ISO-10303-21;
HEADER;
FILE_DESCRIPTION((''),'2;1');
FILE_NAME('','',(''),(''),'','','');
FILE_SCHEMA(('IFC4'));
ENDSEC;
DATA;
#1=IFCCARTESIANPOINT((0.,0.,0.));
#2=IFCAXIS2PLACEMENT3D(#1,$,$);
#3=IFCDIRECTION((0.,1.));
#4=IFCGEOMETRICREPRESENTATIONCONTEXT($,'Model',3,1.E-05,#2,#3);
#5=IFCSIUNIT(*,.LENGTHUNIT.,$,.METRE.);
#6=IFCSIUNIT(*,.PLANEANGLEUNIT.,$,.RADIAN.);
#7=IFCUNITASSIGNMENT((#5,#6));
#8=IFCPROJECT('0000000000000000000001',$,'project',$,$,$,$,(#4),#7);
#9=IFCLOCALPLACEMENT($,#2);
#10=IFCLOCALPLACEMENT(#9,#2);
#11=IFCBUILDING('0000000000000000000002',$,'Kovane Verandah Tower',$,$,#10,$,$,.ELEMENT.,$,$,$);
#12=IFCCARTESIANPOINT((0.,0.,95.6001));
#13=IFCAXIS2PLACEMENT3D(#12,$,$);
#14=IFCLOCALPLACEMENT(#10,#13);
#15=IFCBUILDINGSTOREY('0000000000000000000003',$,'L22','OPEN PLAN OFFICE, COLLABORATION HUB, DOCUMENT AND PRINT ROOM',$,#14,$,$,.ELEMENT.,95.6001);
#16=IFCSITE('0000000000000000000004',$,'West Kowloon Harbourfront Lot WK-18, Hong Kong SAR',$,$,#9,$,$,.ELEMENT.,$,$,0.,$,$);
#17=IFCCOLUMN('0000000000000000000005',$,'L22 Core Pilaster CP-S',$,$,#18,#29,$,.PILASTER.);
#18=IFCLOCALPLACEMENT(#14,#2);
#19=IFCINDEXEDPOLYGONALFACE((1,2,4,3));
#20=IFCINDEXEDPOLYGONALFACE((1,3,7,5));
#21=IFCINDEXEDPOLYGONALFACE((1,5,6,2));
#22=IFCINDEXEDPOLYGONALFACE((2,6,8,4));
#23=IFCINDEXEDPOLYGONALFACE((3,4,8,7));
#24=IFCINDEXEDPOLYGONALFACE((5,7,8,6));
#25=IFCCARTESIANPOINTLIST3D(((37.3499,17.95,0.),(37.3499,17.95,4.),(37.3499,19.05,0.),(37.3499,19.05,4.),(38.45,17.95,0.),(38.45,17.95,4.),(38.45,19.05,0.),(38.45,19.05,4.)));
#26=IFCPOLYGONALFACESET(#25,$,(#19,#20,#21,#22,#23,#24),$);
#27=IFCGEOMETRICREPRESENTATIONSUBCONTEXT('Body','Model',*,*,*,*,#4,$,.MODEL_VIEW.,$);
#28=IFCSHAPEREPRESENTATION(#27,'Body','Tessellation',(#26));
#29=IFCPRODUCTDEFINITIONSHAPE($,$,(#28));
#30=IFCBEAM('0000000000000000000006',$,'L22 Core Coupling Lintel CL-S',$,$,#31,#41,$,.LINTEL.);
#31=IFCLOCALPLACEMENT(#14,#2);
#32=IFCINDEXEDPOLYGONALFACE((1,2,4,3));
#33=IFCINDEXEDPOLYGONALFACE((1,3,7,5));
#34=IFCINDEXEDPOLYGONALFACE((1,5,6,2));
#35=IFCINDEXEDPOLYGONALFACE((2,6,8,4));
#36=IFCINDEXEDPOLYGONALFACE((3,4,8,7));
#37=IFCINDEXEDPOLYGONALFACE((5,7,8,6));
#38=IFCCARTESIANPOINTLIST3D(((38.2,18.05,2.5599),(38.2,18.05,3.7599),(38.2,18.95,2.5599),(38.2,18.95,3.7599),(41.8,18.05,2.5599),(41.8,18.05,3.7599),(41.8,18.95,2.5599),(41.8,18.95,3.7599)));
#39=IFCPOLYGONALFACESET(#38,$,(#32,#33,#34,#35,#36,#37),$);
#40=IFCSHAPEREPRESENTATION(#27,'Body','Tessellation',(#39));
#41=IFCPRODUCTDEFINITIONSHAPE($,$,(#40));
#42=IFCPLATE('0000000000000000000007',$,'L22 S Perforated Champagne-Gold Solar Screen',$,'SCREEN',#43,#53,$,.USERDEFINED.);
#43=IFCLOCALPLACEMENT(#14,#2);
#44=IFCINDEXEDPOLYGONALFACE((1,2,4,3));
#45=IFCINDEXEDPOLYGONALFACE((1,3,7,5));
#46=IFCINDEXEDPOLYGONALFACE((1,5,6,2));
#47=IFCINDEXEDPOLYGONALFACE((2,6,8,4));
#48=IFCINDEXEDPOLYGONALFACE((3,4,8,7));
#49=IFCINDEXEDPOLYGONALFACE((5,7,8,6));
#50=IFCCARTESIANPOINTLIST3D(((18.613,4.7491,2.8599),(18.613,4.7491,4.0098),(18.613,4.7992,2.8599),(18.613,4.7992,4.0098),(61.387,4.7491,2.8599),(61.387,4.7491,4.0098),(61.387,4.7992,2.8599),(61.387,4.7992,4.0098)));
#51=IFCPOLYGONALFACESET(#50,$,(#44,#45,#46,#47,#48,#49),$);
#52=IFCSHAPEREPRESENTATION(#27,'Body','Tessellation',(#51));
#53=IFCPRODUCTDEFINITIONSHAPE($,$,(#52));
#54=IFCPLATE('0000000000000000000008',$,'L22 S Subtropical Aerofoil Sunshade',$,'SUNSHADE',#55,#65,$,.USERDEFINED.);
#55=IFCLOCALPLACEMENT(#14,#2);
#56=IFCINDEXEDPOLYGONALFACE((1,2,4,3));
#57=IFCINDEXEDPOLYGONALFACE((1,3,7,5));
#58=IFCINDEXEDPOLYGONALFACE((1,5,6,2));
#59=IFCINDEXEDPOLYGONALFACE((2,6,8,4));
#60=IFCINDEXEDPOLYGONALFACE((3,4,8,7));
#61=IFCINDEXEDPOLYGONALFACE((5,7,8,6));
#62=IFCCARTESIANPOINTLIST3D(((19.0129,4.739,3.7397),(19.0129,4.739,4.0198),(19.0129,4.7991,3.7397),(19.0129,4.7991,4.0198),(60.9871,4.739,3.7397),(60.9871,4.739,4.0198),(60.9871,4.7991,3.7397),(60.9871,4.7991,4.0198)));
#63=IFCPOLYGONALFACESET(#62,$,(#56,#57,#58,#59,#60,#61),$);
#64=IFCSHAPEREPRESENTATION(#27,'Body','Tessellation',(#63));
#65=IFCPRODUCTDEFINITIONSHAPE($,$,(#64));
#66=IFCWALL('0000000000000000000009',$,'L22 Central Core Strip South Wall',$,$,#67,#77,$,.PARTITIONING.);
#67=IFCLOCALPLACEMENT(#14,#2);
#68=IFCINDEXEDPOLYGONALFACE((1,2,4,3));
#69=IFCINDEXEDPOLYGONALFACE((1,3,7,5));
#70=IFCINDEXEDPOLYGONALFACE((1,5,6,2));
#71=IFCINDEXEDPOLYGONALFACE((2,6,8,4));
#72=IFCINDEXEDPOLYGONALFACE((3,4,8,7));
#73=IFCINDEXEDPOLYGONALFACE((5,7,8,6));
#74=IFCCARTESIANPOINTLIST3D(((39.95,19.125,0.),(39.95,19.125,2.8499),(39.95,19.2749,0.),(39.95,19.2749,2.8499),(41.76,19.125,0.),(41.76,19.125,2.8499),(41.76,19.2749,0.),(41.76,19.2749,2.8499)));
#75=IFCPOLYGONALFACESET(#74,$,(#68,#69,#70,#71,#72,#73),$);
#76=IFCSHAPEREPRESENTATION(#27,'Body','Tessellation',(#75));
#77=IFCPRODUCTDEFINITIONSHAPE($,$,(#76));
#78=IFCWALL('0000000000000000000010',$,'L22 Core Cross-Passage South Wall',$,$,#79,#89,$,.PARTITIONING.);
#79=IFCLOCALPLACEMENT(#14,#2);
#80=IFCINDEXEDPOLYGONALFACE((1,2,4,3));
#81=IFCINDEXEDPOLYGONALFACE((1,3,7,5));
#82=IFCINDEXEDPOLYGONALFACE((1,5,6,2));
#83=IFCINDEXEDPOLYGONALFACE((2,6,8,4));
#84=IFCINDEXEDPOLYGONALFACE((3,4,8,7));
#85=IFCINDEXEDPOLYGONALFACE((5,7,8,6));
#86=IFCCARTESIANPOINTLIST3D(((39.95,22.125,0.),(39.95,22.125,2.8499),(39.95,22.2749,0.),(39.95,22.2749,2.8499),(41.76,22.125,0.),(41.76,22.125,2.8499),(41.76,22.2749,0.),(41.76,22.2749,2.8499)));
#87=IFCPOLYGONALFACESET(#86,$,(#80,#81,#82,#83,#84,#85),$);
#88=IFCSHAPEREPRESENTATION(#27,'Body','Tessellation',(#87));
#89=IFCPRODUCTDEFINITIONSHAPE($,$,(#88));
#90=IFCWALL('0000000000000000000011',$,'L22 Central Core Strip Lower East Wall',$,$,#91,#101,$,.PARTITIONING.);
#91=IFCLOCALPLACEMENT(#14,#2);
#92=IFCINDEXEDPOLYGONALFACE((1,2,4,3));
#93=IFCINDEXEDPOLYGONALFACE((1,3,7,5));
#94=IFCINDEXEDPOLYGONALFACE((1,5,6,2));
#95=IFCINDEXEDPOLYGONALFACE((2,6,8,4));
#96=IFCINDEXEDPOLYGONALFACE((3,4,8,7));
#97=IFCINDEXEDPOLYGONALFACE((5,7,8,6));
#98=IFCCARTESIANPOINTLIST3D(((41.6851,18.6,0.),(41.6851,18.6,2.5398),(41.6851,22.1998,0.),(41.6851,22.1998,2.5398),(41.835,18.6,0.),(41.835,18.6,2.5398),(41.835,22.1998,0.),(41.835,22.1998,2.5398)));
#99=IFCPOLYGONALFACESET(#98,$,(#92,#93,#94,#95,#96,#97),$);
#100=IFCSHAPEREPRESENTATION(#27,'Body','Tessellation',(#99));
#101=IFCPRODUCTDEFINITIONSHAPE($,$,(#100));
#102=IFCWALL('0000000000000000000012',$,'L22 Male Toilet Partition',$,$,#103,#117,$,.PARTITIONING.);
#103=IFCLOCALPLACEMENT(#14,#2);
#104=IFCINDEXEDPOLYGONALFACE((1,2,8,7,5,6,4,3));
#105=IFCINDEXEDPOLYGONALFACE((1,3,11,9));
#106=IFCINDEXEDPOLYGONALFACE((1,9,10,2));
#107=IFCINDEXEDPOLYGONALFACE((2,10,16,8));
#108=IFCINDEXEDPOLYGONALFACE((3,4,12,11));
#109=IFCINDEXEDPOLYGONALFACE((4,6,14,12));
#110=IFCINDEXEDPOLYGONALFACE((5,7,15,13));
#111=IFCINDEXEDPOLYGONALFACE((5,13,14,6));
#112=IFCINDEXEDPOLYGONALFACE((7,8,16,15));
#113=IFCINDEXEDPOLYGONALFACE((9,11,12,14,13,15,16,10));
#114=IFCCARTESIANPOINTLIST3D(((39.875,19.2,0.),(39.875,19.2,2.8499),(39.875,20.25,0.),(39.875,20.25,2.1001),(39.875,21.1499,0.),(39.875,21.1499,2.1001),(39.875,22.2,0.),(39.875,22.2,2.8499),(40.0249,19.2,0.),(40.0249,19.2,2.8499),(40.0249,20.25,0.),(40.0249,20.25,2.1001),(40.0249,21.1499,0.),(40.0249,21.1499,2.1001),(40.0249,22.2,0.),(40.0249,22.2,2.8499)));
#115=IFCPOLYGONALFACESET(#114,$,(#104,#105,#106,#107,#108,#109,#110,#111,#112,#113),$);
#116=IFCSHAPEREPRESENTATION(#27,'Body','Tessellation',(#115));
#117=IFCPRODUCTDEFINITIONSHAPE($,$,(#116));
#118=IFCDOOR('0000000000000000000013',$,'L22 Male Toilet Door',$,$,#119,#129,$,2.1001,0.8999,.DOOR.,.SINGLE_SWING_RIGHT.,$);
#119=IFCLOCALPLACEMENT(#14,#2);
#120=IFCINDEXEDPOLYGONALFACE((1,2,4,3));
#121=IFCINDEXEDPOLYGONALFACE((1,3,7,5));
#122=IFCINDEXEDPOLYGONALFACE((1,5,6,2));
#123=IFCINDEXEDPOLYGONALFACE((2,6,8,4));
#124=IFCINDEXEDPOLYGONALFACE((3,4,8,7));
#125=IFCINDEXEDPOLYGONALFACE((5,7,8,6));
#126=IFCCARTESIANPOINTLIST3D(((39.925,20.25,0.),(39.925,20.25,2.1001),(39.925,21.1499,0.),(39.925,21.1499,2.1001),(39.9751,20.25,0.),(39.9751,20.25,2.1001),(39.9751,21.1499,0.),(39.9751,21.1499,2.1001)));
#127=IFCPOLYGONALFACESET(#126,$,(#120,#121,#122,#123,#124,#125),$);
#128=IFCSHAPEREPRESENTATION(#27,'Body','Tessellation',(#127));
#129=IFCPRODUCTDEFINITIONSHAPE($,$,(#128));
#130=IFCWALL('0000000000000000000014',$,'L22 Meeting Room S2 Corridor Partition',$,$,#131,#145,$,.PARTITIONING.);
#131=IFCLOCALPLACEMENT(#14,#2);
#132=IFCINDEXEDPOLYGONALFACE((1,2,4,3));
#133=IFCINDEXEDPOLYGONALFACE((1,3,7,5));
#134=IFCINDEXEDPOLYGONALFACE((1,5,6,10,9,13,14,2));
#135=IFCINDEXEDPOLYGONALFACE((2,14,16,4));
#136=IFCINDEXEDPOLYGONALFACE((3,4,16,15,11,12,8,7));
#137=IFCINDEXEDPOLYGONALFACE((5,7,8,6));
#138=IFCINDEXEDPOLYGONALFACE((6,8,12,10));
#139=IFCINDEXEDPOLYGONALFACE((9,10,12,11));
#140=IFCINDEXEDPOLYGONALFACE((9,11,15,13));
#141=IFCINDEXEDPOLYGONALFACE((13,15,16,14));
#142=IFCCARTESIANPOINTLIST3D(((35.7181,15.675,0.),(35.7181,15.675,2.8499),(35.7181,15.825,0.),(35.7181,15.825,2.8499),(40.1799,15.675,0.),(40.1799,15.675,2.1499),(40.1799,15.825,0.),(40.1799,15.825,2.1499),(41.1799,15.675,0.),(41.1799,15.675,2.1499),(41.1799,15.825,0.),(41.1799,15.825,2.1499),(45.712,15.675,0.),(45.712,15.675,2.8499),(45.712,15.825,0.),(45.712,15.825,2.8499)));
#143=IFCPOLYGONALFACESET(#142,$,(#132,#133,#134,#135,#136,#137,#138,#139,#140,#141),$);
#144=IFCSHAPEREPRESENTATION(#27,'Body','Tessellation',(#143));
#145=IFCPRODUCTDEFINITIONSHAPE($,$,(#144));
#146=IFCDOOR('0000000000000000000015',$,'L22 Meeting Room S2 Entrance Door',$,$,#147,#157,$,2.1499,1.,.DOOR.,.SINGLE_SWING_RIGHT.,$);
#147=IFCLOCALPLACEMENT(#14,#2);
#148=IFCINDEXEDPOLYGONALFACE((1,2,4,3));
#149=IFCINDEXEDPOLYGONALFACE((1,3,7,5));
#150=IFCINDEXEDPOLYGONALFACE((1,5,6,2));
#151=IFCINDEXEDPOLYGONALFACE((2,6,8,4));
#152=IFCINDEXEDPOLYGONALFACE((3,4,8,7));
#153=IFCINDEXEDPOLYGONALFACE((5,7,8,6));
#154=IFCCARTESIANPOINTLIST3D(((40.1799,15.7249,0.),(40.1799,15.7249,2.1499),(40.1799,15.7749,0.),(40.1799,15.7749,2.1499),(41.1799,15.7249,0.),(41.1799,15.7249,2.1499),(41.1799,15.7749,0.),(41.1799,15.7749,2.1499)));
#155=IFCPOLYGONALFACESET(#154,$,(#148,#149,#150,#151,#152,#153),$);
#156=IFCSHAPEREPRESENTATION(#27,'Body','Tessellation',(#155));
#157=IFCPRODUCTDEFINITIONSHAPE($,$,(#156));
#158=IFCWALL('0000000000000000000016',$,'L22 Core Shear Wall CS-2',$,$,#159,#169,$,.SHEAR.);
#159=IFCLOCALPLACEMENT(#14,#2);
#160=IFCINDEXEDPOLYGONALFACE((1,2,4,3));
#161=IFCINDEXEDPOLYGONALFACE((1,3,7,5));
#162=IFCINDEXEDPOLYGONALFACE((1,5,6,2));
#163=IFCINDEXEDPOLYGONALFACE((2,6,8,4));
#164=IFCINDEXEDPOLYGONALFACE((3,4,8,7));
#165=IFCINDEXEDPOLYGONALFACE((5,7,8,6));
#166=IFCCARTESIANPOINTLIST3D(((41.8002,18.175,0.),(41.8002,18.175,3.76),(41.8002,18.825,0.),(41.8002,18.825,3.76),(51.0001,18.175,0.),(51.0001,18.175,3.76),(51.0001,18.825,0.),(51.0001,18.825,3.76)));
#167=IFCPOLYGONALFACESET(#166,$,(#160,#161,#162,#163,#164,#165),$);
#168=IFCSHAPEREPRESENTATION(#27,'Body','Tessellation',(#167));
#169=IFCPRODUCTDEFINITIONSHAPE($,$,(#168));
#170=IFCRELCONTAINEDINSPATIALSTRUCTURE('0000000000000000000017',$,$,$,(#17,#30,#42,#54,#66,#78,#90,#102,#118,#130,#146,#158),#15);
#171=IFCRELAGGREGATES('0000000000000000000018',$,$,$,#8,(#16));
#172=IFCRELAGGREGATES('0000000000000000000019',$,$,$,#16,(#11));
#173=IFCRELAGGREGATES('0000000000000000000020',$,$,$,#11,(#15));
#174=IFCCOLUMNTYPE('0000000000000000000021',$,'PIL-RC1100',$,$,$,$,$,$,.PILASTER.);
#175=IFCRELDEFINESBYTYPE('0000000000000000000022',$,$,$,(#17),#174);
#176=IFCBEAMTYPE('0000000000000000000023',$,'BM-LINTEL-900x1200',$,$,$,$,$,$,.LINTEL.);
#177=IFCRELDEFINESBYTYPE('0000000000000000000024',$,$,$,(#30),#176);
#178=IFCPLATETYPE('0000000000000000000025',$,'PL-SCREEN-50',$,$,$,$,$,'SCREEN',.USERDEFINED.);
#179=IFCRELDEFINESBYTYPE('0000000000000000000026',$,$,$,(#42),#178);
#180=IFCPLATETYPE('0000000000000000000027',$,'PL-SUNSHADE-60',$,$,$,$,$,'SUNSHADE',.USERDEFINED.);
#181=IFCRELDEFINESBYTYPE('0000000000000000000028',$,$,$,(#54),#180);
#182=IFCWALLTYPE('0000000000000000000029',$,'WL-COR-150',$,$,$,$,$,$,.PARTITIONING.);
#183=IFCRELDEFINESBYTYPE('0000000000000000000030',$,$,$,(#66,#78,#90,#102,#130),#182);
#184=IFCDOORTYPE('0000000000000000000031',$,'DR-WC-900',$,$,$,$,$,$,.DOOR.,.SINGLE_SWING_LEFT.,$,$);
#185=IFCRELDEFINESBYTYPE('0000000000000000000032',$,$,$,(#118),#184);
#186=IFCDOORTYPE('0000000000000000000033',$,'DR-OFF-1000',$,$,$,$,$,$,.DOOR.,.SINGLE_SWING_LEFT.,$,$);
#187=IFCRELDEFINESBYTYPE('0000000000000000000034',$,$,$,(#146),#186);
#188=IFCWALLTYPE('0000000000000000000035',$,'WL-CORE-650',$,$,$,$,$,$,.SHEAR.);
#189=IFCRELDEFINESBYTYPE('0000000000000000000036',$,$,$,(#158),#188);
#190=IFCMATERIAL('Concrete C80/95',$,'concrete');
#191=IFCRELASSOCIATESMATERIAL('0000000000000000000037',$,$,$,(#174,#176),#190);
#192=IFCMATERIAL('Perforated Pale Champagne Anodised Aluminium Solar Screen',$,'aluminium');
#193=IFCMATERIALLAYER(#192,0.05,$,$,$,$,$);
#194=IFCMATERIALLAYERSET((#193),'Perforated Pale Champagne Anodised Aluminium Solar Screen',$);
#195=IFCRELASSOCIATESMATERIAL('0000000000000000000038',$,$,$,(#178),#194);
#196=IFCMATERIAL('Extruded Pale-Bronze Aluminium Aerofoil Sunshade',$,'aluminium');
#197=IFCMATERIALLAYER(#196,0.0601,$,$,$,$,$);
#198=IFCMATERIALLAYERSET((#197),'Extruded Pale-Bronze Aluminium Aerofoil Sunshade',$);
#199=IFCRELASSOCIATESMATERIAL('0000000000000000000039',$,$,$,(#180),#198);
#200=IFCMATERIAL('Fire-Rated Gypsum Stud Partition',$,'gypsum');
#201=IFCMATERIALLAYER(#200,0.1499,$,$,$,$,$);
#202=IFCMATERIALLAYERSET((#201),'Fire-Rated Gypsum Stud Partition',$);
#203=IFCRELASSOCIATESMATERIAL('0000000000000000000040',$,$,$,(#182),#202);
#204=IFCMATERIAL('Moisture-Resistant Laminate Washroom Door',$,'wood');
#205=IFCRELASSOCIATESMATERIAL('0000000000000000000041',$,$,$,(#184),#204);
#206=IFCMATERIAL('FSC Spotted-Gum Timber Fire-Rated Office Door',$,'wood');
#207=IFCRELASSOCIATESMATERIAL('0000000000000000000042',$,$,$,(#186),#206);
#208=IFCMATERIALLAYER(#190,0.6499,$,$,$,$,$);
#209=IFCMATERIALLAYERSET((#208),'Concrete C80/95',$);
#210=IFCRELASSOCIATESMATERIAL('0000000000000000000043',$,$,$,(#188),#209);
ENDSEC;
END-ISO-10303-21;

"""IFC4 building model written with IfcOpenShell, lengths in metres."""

from ifc_helpers import new_model, si_unit, direction, frame, frame_2d, origin, origin_2d, place, context, subcontext, project, spatial, rectangle, extrude, material, layer, layer_set, material_profile, profile_set, type_object, element, fill, save


model = new_model("IFC4")

# Units and contexts
model_context = context("Model", 3, precision=1e-05, world=origin(), true_north=direction((0.0, 1.0)))
body_context = subcontext(model_context, "Body", "Model", "MODEL_VIEW")
ifc_project = project(units=[si_unit("LENGTHUNIT", "METRE"), si_unit("PLANEANGLEUNIT", "RADIAN")], contexts=[model_context])

# Site, building, storey
site_placement = place(None, origin())
site = spatial("IfcSite", under=ifc_project, at=site_placement, Name="West Kowloon Harbourfront Lot WK-18, Hong Kong SAR", CompositionType="ELEMENT", RefElevation=0.0)
building_placement = place(site_placement, origin())
building = spatial("IfcBuilding", under=site, at=building_placement, Name="Kovane Verandah Tower", CompositionType="ELEMENT")
storey_placement = place(building_placement, frame((0.0, 0.0, 95.6001)))
storey = spatial("IfcBuildingStorey", under=building, at=storey_placement, Name="L22", Description="OPEN PLAN OFFICE, COLLABORATION HUB, DOCUMENT AND PRINT ROOM", CompositionType="ELEMENT", Elevation=95.6001)

# Column
ifc_material_1 = material(Name="Concrete C80/95", Category="concrete")
ifc_material_profile_1 = material_profile(ifc_material_1, rectangle(XDim=1.1001, YDim=1.1001, at=origin_2d()), Name="RC1100x1100")
ifc_profile_set_1 = profile_set([ifc_material_profile_1], Name="Concrete C80/95")
column_type = type_object("IfcColumnType", Name="PIL-RC1100", PredefinedType="PILASTER", material=ifc_profile_set_1)
column_placement = place(storey_placement, frame((37.8999, 18.5, 0.0), z_axis=(0.0, 0.0, 1.0), x_axis=(1.0, 0.0, 0.0)))
element("IfcColumn", 1, at=column_placement, inside=storey, type_object=column_type, Name="L22 Core Pilaster CP-S", PredefinedType="PILASTER", context=body_context, shape_type="SweptSolid", body=[
    extrude(rectangle(XDim=1.1001, YDim=1.1001, at=origin_2d()), origin(), (0.0, 0.0, 1.0), 4.0),
])

# Beam
ifc_material_profile_2 = material_profile(ifc_material_1, rectangle(XDim=0.8999, YDim=1.2, at=origin_2d()), Name="RCB900x1200")
ifc_profile_set_2 = profile_set([ifc_material_profile_2], Name="Concrete C80/95")
beam_type = type_object("IfcBeamType", Name="BM-LINTEL-900x1200", PredefinedType="LINTEL", material=ifc_profile_set_2)
beam_placement = place(storey_placement, frame((38.2, 18.5, 3.1599), z_axis=(1.0, 0.0, 0.0), x_axis=(0.0, 1.0, 0.0)))
element("IfcBeam", 2, at=beam_placement, inside=storey, type_object=beam_type, Name="L22 Core Coupling Lintel CL-S", PredefinedType="LINTEL", context=body_context, shape_type="SweptSolid", body=[
    extrude(rectangle(XDim=0.8999, YDim=1.2, at=origin_2d()), origin(), (0.0, 0.0, 1.0), 3.6001),
])

# Plates
ifc_material_2 = material(Name="Perforated Pale Champagne Anodised Aluminium Solar Screen", Category="aluminium")
ifc_layer_1 = layer(ifc_material_2, 0.05)
ifc_layer_set_1 = layer_set([ifc_layer_1], Name="Perforated Pale Champagne Anodised Aluminium Solar Screen")
plate_type_1 = type_object("IfcPlateType", Name="PL-SCREEN-50", ElementType="SCREEN", PredefinedType="USERDEFINED", material=ifc_layer_set_1)
plate_1_placement = place(storey_placement, frame((40.0, 4.7742, 2.8599), z_axis=(0.0, 0.0, 1.0), x_axis=(1.0, 0.0, 0.0)))
element("IfcPlate", 3, at=plate_1_placement, inside=storey, type_object=plate_type_1, Name="L22 S Perforated Champagne-Gold Solar Screen", ObjectType="SCREEN", PredefinedType="USERDEFINED", context=body_context, shape_type="SweptSolid", body=[
    extrude(rectangle(XDim=42.7739, YDim=0.05, at=origin_2d()), origin(), (0.0, 0.0, 1.0), 1.1499),
])
ifc_material_3 = material(Name="Extruded Pale-Bronze Aluminium Aerofoil Sunshade", Category="aluminium")
ifc_layer_2 = layer(ifc_material_3, 0.0601)
ifc_layer_set_2 = layer_set([ifc_layer_2], Name="Extruded Pale-Bronze Aluminium Aerofoil Sunshade")
plate_type_2 = type_object("IfcPlateType", Name="PL-SUNSHADE-60", ElementType="SUNSHADE", PredefinedType="USERDEFINED", material=ifc_layer_set_2)
plate_2_placement = place(storey_placement, frame((40.0, 4.769, 3.7397), z_axis=(0.0, 0.0, 1.0), x_axis=(1.0, 0.0, 0.0)))
element("IfcPlate", 4, at=plate_2_placement, inside=storey, type_object=plate_type_2, Name="L22 S Subtropical Aerofoil Sunshade", ObjectType="SUNSHADE", PredefinedType="USERDEFINED", context=body_context, shape_type="SweptSolid", body=[
    extrude(rectangle(XDim=41.9741, YDim=0.0601, at=origin_2d()), origin(), (0.0, 0.0, 1.0), 0.28),
])

# Walls
ifc_material_4 = material(Name="Fire-Rated Gypsum Stud Partition", Category="gypsum")
ifc_layer_3 = layer(ifc_material_4, 0.1499)
ifc_layer_set_3 = layer_set([ifc_layer_3], Name="Fire-Rated Gypsum Stud Partition")
wall_type_1 = type_object("IfcWallType", Name="WL-COR-150", PredefinedType="PARTITIONING", material=ifc_layer_set_3)
for number, where, z_axis, x_axis, name in (
    (5, (39.95, 19.2, 0.0), (0.0, 0.0, 1.0), (1.0, 0.0, 0.0), "L22 Central Core Strip South Wall"),
    (6, (39.95, 22.2, 0.0), (0.0, 0.0, 1.0), (1.0, 0.0, 0.0), "L22 Core Cross-Passage South Wall"),
):
    element("IfcWall", number, at=place(storey_placement, frame(where, z_axis=z_axis, x_axis=x_axis)), inside=storey, type_object=wall_type_1, Name=name, PredefinedType="PARTITIONING", context=body_context, shape_type="SweptSolid", body=[
        extrude(rectangle(XDim=1.8101, YDim=0.1499, at=frame_2d((0.905, 0.0))), origin(), (0.0, 0.0, 1.0), 2.8499),
    ])
wall_1_placement = place(storey_placement, frame((41.76, 18.6001, 0.0), z_axis=(0.0, 0.0, 1.0), x_axis=(0.0, 1.0, 0.0)))
element("IfcWall", 7, at=wall_1_placement, inside=storey, type_object=wall_type_1, Name="L22 Central Core Strip Lower East Wall", PredefinedType="PARTITIONING", context=body_context, shape_type="SweptSolid", body=[
    extrude(rectangle(XDim=3.5999, YDim=0.1499, at=frame_2d((1.7998, 0.0))), origin(), (0.0, 0.0, 1.0), 2.5398),
])

# Walls, openings, doors
wall_2_placement = place(storey_placement, frame((39.95, 19.2, 0.0), z_axis=(0.0, 0.0, 1.0), x_axis=(0.0, 1.0, 0.0)))
wall_2 = element("IfcWall", 8, at=wall_2_placement, inside=storey, type_object=wall_type_1, Name="L22 Male Toilet Partition", PredefinedType="PARTITIONING", context=body_context, shape_type="SweptSolid", body=[
    extrude(rectangle(XDim=3.0, YDim=0.1499, at=frame_2d((1.5, 0.0))), origin(), (0.0, 0.0, 1.0), 2.8499),
])
opening_1_placement = place(wall_2_placement, frame((1.05, 0.0, 0.0)))
opening_1 = element("IfcOpeningElement", 9, at=opening_1_placement, cuts=wall_2, PredefinedType="OPENING", context=body_context, shape_type="SweptSolid", body=[
    extrude(rectangle(XDim=0.8999, YDim=2.1001, at=frame_2d((0.45, 1.05))), frame((0.0, 0.075, 0.0), z_axis=(0.0, -1.0, 0.0), x_axis=(1.0, 0.0, 0.0)), (0.0, 0.0, 1.0), 0.1499),
])
ifc_material_5 = material(Name="Moisture-Resistant Laminate Washroom Door", Category="wood")
door_type_1 = type_object("IfcDoorType", Name="DR-WC-900", OperationType="SINGLE_SWING_LEFT", PredefinedType="DOOR", material=ifc_material_5)
door_1_placement = place(opening_1_placement, origin())
door_1 = element("IfcDoor", 10, at=door_1_placement, inside=storey, type_object=door_type_1, Name="L22 Male Toilet Door", OperationType="SINGLE_SWING_RIGHT", OverallHeight=2.1001, OverallWidth=0.8999, PredefinedType="DOOR", context=body_context, shape_type="SweptSolid", body=[
    extrude(rectangle(XDim=0.8999, YDim=2.1001, at=frame_2d((0.45, 1.05))), frame((0.0, 0.0249, 0.0), z_axis=(0.0, -1.0, 0.0), x_axis=(1.0, 0.0, 0.0)), (0.0, 0.0, 1.0), 0.05),
])
fill(opening_1, door_1)
ifc_material_6 = material(Name="FSC Spotted-Gum Timber Fire-Rated Office Door", Category="wood")
door_type_2 = type_object("IfcDoorType", Name="DR-OFF-1000", OperationType="SINGLE_SWING_LEFT", PredefinedType="DOOR", material=ifc_material_6)
wall_3_placement = place(storey_placement, frame((35.718, 15.75, 0.0), z_axis=(0.0, 0.0, 1.0), x_axis=(1.0, 0.0, 0.0)))
wall_3 = element("IfcWall", 11, at=wall_3_placement, inside=storey, type_object=wall_type_1, Name="L22 Meeting Room S2 Corridor Partition", PredefinedType="PARTITIONING", context=body_context, shape_type="SweptSolid", body=[
    extrude(rectangle(XDim=9.9939, YDim=0.1499, at=frame_2d((4.9971, 0.0))), origin(), (0.0, 0.0, 1.0), 2.8499),
])
opening_2_placement = place(wall_3_placement, frame((4.4619, 0.0, 0.0)))
opening_2 = element("IfcOpeningElement", 12, at=opening_2_placement, cuts=wall_3, PredefinedType="OPENING", context=body_context, shape_type="SweptSolid", body=[
    extrude(rectangle(XDim=1.0, YDim=2.1499, at=frame_2d((0.5, 1.075))), frame((0.0, 0.075, 0.0), z_axis=(0.0, -1.0, 0.0), x_axis=(1.0, 0.0, 0.0)), (0.0, 0.0, 1.0), 0.1499),
])
door_2_placement = place(opening_2_placement, origin())
door_2 = element("IfcDoor", 13, at=door_2_placement, inside=storey, type_object=door_type_2, Name="L22 Meeting Room S2 Entrance Door", OperationType="SINGLE_SWING_RIGHT", OverallHeight=2.1499, OverallWidth=1.0, PredefinedType="DOOR", context=body_context, shape_type="SweptSolid", body=[
    extrude(rectangle(XDim=1.0, YDim=2.1499, at=frame_2d((0.5, 1.075))), frame((0.0, 0.0249, 0.0), z_axis=(0.0, -1.0, 0.0), x_axis=(1.0, 0.0, 0.0)), (0.0, 0.0, 1.0), 0.05),
])
fill(opening_2, door_2)

# Wall
ifc_layer_4 = layer(ifc_material_1, 0.6499)
ifc_layer_set_4 = layer_set([ifc_layer_4], Name="Concrete C80/95")
wall_type_2 = type_object("IfcWallType", Name="WL-CORE-650", PredefinedType="SHEAR", material=ifc_layer_set_4)
wall_4_placement = place(storey_placement, frame((41.8, 18.5, 0.0), z_axis=(0.0, 0.0, 1.0), x_axis=(1.0, 0.0, 0.0)))
element("IfcWall", 14, at=wall_4_placement, inside=storey, type_object=wall_type_2, Name="L22 Core Shear Wall CS-2", PredefinedType="SHEAR", context=body_context, shape_type="SweptSolid", body=[
    extrude(rectangle(XDim=9.2, YDim=0.6499, at=frame_2d((4.6001, 0.0))), origin(), (0.0, 0.0, 1.0), 3.76),
])

save(model, "model.ifc")
